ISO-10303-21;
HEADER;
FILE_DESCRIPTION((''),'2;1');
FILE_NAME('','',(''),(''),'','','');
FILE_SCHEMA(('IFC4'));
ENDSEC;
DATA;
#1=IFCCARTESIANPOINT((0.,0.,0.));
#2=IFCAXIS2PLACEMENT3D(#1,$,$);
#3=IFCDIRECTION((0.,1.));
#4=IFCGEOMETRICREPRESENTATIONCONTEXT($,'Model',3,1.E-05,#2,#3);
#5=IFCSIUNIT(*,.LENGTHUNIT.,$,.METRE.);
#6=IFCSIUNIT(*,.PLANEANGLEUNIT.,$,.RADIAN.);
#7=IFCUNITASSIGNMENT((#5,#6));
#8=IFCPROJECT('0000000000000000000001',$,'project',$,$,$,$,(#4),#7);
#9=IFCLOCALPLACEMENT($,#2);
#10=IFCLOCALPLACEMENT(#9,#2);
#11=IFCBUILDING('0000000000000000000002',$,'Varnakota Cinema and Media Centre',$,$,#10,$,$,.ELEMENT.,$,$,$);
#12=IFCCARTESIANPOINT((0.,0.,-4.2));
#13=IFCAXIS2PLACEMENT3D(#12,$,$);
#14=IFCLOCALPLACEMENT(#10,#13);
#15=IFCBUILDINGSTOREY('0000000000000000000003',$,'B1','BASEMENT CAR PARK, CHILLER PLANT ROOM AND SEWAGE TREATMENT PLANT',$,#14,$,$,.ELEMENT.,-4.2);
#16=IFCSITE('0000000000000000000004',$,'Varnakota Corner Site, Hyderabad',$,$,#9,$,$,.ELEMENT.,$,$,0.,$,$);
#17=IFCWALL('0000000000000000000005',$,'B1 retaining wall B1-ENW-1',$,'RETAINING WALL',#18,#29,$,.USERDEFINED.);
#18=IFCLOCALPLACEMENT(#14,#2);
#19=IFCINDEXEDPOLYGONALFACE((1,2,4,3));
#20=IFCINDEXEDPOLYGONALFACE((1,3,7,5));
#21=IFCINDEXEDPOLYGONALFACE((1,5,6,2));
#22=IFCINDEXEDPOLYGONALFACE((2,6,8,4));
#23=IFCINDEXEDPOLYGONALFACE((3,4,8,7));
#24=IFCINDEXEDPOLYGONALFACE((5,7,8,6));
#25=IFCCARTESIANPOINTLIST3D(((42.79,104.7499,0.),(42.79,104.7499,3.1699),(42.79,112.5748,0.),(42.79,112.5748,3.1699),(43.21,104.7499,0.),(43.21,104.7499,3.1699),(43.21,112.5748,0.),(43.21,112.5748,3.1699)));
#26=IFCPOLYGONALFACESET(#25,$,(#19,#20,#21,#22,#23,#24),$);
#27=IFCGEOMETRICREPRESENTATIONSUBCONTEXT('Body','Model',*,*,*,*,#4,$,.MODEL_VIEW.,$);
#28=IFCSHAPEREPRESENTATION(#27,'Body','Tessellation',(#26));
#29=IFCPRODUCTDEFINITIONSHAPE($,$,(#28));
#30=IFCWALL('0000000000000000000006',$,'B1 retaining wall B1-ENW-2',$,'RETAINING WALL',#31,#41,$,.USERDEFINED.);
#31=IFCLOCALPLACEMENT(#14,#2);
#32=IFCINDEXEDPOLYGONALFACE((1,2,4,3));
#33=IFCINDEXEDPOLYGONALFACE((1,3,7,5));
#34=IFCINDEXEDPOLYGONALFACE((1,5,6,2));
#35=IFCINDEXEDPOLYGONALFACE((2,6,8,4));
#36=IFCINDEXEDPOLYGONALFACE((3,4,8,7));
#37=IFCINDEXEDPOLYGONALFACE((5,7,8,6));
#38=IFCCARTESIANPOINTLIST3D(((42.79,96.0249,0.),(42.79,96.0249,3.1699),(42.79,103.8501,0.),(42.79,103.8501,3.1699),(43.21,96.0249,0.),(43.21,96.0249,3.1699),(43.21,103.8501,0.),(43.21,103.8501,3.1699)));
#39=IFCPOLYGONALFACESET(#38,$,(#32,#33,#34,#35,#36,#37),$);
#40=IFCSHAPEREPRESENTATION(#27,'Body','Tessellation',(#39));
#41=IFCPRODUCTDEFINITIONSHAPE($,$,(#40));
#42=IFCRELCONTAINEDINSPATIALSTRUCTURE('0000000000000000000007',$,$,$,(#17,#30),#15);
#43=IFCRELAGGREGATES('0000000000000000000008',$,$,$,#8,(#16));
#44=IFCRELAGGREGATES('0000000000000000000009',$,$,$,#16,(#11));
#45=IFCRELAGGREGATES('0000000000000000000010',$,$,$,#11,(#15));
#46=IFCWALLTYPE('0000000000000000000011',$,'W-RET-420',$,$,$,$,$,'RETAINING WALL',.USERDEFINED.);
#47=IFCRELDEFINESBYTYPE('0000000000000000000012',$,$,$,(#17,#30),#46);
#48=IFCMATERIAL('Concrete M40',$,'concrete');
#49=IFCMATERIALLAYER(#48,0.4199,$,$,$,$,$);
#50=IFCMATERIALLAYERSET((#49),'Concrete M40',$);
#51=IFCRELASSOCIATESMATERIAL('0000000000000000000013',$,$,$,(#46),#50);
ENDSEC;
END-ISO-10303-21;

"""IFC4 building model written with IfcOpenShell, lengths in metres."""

from ifc_helpers import new_model, si_unit, direction, frame, frame_2d, origin, place, context, subcontext, project, spatial, rectangle, extrude, material, layer, layer_set, type_object, element, save


model = new_model("IFC4")

# Units and contexts
model_context = context("Model", 3, precision=1e-05, world=origin(), true_north=direction((0.0, 1.0)))
body_context = subcontext(model_context, "Body", "Model", "MODEL_VIEW")
ifc_project = project(units=[si_unit("LENGTHUNIT", "METRE"), si_unit("PLANEANGLEUNIT", "RADIAN")], contexts=[model_context])

# Site, building, storey
site_placement = place(None, origin())
site = spatial("IfcSite", under=ifc_project, at=site_placement, Name="Varnakota Corner Site, Hyderabad", CompositionType="ELEMENT", RefElevation=0.0)
building_placement = place(site_placement, origin())
building = spatial("IfcBuilding", under=site, at=building_placement, Name="Varnakota Cinema and Media Centre", CompositionType="ELEMENT")
storey_placement = place(building_placement, frame((0.0, 0.0, -4.2)))
storey = spatial("IfcBuildingStorey", under=building, at=storey_placement, Name="B1", Description="BASEMENT CAR PARK, CHILLER PLANT ROOM AND SEWAGE TREATMENT PLANT", CompositionType="ELEMENT", Elevation=-4.2)

# Walls
ifc_material_1 = material(Name="Concrete M40", Category="concrete")
ifc_layer_1 = layer(ifc_material_1, 0.4199)
ifc_layer_set_1 = layer_set([ifc_layer_1], Name="Concrete M40")
wall_type_1 = type_object("IfcWallType", Name="W-RET-420", ElementType="RETAINING WALL", PredefinedType="USERDEFINED", material=ifc_layer_set_1)
wall_1_placement = place(storey_placement, frame((43.0, 112.575, 0.0), z_axis=(0.0, 0.0, 1.0), x_axis=(0.0, -1.0, 0.0)))
element("IfcWall", 1, at=wall_1_placement, inside=storey, type_object=wall_type_1, Name="B1 retaining wall B1-ENW-1", ObjectType="RETAINING WALL", PredefinedType="USERDEFINED", context=body_context, shape_type="SweptSolid", body=[
    extrude(rectangle(XDim=7.825, YDim=0.4199, at=frame_2d((3.9126, 0.0))), origin(), (0.0, 0.0, 1.0), 3.1699),
])
wall_2_placement = place(storey_placement, frame((43.0, 103.8501, 0.0), z_axis=(0.0, 0.0, 1.0), x_axis=(0.0, -1.0, 0.0)))
element("IfcWall", 2, at=wall_2_placement, inside=storey, type_object=wall_type_1, Name="B1 retaining wall B1-ENW-2", ObjectType="RETAINING WALL", PredefinedType="USERDEFINED", context=body_context, shape_type="SweptSolid", body=[
    extrude(rectangle(XDim=7.8252, YDim=0.4199, at=frame_2d((3.9126, 0.0))), origin(), (0.0, 0.0, 1.0), 3.1699),
])

save(model, "model.ifc")
